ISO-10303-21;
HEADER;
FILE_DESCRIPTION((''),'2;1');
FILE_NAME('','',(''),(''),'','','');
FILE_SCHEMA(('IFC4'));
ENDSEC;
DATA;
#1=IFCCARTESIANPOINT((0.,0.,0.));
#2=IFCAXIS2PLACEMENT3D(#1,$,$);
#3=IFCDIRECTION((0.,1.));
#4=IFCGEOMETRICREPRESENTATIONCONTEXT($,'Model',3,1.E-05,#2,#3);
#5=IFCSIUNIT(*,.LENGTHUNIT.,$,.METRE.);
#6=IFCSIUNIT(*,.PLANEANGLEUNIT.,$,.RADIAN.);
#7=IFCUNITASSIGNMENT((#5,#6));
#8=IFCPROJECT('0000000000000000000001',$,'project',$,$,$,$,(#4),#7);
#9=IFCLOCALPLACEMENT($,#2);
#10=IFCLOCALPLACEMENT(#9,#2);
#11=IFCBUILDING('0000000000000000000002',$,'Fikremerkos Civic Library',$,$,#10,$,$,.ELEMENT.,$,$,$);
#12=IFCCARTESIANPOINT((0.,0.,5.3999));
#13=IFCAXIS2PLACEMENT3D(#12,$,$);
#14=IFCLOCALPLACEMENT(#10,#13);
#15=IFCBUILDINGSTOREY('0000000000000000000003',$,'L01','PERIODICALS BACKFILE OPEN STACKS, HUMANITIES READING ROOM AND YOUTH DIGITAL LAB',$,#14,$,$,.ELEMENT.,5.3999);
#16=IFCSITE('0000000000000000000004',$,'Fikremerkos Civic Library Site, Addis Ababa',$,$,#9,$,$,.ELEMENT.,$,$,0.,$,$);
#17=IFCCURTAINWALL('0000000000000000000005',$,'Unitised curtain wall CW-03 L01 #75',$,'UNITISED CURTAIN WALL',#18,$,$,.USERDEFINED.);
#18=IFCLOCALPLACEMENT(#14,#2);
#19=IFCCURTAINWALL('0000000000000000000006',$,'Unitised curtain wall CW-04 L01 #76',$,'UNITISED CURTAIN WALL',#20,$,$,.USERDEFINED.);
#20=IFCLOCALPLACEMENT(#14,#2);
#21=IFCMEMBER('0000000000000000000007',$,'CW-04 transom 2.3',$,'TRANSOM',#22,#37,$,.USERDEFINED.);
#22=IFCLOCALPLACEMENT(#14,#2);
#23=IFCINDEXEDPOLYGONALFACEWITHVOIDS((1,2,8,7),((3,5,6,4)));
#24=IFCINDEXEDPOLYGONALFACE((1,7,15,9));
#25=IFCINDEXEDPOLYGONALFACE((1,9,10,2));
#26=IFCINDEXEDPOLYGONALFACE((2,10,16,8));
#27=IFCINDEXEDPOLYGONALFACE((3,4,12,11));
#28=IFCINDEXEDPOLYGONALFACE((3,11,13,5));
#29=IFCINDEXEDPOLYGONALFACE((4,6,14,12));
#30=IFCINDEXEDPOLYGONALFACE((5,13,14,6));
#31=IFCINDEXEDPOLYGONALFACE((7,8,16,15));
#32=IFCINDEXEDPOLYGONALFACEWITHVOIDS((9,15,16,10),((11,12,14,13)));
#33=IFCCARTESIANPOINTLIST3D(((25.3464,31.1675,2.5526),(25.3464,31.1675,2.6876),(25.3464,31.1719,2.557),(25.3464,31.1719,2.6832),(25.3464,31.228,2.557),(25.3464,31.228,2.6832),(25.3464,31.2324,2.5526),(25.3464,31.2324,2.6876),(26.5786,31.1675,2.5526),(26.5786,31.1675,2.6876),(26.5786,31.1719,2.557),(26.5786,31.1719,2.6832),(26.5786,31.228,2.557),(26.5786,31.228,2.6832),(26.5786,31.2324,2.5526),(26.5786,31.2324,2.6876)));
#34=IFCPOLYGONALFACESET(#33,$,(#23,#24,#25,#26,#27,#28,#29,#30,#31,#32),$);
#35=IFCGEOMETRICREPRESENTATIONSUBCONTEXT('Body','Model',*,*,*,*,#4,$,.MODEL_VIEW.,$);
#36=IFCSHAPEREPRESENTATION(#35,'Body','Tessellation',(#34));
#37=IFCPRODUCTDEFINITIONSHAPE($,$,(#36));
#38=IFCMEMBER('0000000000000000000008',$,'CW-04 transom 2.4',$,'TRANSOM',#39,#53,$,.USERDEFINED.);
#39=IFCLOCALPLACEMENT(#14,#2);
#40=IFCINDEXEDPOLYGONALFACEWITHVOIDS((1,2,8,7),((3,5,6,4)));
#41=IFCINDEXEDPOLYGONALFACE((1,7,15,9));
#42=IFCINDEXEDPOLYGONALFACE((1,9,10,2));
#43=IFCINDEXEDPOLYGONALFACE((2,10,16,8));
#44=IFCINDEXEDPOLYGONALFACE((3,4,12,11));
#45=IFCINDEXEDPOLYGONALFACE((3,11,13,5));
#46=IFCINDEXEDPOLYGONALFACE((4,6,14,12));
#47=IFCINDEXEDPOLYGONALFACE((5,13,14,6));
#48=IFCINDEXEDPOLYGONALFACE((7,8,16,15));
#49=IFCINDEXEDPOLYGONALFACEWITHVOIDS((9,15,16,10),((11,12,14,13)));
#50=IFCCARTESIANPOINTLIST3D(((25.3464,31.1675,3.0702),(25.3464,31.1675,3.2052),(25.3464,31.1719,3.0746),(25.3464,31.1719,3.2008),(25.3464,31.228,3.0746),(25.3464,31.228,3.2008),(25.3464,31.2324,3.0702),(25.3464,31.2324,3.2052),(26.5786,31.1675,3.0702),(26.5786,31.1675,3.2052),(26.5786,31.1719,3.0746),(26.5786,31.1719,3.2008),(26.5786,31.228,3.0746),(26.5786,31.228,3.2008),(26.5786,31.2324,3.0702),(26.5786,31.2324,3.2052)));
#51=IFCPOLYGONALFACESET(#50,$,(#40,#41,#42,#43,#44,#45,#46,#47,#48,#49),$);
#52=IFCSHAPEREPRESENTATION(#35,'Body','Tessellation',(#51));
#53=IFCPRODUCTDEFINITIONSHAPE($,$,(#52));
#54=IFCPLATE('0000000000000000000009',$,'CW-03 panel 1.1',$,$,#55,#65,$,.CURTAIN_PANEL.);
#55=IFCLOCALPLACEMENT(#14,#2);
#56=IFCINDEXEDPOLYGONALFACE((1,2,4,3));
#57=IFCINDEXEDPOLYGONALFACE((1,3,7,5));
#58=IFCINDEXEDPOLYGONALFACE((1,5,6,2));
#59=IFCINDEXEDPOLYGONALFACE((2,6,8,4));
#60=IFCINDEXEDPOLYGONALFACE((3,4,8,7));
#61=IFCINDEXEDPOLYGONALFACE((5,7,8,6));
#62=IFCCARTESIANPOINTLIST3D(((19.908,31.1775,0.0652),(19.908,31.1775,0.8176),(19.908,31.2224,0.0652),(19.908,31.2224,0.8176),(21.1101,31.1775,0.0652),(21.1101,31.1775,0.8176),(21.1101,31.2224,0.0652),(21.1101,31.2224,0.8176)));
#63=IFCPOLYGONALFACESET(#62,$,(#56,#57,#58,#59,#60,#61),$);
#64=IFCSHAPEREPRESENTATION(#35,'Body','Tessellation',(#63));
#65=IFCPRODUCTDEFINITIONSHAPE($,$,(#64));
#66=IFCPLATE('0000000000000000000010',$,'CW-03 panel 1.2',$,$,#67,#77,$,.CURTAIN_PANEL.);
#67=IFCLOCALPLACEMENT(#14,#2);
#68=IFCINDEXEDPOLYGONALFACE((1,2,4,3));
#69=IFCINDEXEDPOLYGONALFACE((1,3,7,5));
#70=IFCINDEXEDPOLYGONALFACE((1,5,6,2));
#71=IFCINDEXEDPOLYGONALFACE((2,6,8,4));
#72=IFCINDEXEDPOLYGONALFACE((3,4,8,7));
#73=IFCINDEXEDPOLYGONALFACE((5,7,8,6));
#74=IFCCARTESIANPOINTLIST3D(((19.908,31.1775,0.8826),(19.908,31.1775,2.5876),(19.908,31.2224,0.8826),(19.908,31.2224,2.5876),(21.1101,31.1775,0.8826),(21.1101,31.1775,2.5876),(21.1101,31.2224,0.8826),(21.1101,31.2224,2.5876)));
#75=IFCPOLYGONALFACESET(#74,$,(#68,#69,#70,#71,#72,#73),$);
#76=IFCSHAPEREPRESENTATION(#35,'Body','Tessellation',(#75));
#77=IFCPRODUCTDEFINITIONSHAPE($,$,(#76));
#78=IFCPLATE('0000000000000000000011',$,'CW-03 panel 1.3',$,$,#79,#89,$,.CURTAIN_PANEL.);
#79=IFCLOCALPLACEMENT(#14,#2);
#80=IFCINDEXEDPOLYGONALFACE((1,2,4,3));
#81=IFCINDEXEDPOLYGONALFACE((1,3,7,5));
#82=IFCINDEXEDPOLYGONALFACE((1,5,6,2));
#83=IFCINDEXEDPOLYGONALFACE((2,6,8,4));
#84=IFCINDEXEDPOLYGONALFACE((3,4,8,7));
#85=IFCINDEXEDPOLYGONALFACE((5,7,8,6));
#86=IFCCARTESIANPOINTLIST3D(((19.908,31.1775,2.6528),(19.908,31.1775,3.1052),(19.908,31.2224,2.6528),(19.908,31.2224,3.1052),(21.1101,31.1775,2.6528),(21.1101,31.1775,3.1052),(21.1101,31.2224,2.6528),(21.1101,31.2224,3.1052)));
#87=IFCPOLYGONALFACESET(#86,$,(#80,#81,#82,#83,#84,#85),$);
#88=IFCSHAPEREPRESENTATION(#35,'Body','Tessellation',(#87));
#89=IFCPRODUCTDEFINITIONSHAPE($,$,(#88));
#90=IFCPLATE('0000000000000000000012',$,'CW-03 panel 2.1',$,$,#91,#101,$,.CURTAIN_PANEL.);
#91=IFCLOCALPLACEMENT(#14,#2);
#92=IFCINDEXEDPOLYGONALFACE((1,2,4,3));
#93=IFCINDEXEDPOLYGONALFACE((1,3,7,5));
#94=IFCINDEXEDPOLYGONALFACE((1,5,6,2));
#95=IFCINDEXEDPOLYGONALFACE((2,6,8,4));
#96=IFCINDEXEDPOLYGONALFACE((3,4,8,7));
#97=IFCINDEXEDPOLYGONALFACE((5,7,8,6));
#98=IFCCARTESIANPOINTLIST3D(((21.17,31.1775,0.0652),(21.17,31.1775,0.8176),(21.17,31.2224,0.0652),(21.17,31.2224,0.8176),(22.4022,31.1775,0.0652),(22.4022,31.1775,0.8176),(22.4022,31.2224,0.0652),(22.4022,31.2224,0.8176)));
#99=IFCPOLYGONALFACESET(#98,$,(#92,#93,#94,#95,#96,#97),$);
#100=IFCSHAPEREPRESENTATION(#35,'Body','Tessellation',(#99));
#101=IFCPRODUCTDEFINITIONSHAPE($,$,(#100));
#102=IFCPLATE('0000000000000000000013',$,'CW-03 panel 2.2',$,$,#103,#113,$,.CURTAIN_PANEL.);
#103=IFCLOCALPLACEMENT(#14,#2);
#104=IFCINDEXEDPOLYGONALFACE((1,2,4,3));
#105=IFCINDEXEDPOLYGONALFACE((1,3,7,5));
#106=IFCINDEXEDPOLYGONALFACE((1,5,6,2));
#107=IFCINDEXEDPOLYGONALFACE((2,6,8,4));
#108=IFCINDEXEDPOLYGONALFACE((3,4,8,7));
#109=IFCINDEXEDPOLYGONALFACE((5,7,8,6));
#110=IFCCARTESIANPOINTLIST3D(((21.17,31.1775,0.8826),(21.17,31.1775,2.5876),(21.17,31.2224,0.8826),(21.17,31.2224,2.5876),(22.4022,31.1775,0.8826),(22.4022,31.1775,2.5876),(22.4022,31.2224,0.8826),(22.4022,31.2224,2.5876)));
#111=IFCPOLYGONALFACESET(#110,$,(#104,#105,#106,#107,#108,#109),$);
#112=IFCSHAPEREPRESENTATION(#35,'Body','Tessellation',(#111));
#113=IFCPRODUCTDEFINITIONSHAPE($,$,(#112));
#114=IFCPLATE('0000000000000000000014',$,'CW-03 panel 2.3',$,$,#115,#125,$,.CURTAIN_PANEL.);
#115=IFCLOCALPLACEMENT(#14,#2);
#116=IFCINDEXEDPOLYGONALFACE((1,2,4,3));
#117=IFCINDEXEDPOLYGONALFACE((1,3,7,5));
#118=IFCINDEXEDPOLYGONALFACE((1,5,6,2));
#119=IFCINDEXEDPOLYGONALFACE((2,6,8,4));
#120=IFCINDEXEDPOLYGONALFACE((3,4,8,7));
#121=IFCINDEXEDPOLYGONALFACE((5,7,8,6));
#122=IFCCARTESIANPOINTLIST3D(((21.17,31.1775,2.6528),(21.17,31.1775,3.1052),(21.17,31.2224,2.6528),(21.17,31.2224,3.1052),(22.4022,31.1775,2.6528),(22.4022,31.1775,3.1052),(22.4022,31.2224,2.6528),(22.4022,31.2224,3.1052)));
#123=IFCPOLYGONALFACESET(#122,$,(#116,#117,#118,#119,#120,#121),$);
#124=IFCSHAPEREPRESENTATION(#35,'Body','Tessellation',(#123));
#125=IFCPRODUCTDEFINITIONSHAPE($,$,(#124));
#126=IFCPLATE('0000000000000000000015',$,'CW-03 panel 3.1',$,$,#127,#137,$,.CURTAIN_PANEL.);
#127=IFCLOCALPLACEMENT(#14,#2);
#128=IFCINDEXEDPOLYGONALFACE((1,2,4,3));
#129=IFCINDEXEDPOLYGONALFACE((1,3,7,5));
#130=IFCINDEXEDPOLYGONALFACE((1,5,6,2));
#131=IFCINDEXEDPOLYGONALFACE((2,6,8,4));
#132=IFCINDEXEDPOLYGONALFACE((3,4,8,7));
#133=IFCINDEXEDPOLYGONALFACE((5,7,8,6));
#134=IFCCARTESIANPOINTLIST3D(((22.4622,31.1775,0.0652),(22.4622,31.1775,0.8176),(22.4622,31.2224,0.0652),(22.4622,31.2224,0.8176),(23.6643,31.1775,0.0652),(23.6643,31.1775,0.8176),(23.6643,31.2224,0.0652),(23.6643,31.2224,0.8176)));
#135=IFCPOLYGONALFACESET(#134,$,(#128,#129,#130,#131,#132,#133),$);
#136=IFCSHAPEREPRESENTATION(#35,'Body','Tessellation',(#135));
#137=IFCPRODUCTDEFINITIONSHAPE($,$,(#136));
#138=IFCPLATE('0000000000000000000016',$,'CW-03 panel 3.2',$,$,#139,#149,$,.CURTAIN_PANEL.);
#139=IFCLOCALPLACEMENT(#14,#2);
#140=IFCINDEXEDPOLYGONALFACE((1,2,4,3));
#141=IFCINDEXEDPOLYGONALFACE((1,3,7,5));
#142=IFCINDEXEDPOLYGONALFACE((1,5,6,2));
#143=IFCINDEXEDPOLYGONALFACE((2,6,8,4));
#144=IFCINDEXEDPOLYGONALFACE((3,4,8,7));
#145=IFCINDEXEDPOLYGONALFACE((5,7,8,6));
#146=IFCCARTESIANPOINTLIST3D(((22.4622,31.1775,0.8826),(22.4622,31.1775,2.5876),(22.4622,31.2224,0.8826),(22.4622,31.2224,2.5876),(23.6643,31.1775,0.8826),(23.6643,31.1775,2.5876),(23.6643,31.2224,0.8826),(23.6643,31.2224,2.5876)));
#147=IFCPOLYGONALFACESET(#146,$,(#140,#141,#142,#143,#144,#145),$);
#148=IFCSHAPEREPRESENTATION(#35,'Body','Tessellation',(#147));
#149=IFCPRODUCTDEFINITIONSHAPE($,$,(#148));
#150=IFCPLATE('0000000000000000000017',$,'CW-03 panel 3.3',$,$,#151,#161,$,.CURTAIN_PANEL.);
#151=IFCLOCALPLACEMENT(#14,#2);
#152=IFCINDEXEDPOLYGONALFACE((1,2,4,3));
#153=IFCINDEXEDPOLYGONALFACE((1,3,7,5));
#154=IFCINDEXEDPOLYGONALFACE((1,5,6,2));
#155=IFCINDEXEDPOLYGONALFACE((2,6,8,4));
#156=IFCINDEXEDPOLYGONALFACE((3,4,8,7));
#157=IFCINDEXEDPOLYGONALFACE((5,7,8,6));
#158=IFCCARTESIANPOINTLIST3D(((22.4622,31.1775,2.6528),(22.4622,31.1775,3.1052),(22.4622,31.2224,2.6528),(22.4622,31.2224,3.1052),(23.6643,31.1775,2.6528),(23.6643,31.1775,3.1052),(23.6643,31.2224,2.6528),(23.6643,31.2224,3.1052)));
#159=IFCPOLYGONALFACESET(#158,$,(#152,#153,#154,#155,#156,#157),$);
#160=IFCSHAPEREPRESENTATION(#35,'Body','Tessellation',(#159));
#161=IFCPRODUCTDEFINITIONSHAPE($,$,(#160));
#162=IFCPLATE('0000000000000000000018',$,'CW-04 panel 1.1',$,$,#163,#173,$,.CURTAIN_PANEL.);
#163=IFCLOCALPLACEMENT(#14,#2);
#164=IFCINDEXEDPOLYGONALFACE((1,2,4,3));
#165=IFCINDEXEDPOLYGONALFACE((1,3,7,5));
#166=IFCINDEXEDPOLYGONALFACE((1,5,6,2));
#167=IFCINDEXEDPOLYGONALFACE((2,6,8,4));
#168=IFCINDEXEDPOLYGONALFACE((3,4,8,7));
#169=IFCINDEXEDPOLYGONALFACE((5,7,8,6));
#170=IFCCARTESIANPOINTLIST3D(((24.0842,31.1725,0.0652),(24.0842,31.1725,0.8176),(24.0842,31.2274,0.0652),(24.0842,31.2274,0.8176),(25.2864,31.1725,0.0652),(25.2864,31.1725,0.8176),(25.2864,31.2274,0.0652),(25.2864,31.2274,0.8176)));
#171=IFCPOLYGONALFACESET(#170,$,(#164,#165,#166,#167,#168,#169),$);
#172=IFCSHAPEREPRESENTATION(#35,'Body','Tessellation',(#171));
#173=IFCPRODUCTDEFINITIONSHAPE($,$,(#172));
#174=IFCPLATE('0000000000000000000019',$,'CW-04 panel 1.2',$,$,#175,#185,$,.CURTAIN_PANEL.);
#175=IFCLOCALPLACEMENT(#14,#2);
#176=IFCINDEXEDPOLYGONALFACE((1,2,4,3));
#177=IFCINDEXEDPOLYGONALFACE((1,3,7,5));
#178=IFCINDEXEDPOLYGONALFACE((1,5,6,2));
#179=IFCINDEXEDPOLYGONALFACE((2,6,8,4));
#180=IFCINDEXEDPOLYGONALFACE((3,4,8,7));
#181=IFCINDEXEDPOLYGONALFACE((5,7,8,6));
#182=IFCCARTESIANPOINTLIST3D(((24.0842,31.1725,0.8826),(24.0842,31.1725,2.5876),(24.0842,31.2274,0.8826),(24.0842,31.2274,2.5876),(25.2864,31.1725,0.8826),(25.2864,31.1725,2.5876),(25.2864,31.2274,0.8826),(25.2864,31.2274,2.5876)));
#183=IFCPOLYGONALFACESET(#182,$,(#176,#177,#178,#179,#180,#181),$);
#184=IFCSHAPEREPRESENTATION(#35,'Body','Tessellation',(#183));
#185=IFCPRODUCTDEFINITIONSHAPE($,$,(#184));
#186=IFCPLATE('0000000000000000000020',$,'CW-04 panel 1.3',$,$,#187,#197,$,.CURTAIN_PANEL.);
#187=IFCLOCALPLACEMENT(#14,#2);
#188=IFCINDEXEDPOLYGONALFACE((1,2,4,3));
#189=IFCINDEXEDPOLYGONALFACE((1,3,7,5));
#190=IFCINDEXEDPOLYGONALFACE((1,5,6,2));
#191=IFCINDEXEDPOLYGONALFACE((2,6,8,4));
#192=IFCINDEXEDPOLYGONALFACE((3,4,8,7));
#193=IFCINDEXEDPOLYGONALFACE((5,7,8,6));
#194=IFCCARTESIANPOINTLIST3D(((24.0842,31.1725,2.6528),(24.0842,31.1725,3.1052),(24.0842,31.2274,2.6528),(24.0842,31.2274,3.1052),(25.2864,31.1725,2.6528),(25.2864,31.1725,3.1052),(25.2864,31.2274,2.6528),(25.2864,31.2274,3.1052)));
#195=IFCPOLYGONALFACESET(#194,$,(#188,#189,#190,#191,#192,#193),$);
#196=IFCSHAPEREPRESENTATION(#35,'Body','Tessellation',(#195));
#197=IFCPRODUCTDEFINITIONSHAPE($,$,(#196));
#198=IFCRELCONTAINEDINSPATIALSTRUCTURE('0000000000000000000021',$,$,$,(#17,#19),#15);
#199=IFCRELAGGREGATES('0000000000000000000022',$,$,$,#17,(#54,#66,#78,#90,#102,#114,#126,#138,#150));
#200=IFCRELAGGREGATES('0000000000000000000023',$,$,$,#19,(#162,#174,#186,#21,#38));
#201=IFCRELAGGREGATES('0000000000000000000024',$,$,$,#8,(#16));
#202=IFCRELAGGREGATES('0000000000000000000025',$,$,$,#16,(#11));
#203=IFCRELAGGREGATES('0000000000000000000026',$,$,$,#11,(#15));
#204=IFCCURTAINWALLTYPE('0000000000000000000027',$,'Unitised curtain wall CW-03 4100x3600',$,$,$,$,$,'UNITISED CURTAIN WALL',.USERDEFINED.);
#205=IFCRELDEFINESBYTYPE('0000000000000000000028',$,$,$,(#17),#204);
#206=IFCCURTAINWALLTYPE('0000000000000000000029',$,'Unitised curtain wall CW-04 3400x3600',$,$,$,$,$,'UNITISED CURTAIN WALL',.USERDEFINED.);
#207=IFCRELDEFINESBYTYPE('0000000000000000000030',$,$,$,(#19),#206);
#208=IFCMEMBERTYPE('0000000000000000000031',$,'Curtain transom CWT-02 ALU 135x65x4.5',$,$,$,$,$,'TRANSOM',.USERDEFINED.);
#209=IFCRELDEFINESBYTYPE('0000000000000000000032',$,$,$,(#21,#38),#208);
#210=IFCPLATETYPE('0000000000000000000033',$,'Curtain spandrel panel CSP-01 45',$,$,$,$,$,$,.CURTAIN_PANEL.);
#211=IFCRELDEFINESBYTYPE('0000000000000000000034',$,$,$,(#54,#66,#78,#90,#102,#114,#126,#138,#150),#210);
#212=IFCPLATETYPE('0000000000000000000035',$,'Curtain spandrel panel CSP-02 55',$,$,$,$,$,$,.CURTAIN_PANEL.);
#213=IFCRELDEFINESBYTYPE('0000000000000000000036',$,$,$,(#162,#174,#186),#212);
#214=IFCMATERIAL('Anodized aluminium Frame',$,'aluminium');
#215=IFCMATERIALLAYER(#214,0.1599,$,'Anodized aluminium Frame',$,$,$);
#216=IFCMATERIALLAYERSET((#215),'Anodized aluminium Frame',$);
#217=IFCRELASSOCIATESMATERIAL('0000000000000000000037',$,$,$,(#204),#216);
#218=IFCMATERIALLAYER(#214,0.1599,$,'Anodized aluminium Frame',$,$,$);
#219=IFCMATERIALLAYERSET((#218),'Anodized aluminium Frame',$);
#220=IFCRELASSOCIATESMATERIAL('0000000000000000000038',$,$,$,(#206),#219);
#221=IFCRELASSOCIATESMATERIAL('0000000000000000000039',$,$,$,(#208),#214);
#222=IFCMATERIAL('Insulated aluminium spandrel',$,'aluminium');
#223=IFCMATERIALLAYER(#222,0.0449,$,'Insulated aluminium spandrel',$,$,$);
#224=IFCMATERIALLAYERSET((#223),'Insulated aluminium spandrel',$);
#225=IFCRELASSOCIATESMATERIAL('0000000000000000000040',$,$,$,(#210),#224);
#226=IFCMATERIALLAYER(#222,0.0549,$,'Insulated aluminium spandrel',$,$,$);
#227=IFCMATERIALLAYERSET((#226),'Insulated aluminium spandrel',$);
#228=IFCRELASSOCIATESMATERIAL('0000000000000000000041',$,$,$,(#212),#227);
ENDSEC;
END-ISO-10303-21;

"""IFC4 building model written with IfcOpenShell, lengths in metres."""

from ifc_helpers import new_model, si_unit, direction, frame, origin, origin_2d, place, context, subcontext, project, spatial, rectangle, hollow_rectangle, extrude, material, layer, layer_set, material_profile, profile_set, type_object, element, aggregate, save


model = new_model("IFC4")

# Units and contexts
model_context = context("Model", 3, precision=1e-05, world=origin(), true_north=direction((0.0, 1.0)))
body_context = subcontext(model_context, "Body", "Model", "MODEL_VIEW")
ifc_project = project(units=[si_unit("LENGTHUNIT", "METRE"), si_unit("PLANEANGLEUNIT", "RADIAN")], contexts=[model_context])

# Site, building, storey
site_placement = place(None, origin())
site = spatial("IfcSite", under=ifc_project, at=site_placement, Name="Fikremerkos Civic Library Site, Addis Ababa", CompositionType="ELEMENT", RefElevation=0.0)
building_placement = place(site_placement, origin())
building = spatial("IfcBuilding", under=site, at=building_placement, Name="Fikremerkos Civic Library", CompositionType="ELEMENT")
storey_placement = place(building_placement, frame((0.0, 0.0, 5.3999)))
storey = spatial("IfcBuildingStorey", under=building, at=storey_placement, Name="L01", Description="PERIODICALS BACKFILE OPEN STACKS, HUMANITIES READING ROOM AND YOUTH DIGITAL LAB", CompositionType="ELEMENT", Elevation=5.3999)

# Curtain walls
ifc_material_1 = material(Name="Anodized aluminium Frame", Category="aluminium")
ifc_layer_1 = layer(ifc_material_1, 0.1599, Name="Anodized aluminium Frame")
ifc_layer_set_1 = layer_set([ifc_layer_1], Name="Anodized aluminium Frame")
curtain_wall_type_1 = type_object("IfcCurtainWallType", Name="Unitised curtain wall CW-03 4100x3600", ElementType="UNITISED CURTAIN WALL", PredefinedType="USERDEFINED", material=ifc_layer_set_1)
curtain_wall_1_placement = place(storey_placement, origin())
curtain_wall_1 = element("IfcCurtainWall", 1, at=curtain_wall_1_placement, inside=storey, type_object=curtain_wall_type_1, Name="Unitised curtain wall CW-03 L01 #75", ObjectType="UNITISED CURTAIN WALL", PredefinedType="USERDEFINED")
ifc_layer_2 = layer(ifc_material_1, 0.1599, Name="Anodized aluminium Frame")
ifc_layer_set_2 = layer_set([ifc_layer_2], Name="Anodized aluminium Frame")
curtain_wall_type_2 = type_object("IfcCurtainWallType", Name="Unitised curtain wall CW-04 3400x3600", ElementType="UNITISED CURTAIN WALL", PredefinedType="USERDEFINED", material=ifc_layer_set_2)
curtain_wall_2_placement = place(storey_placement, origin())
curtain_wall_2 = element("IfcCurtainWall", 2, at=curtain_wall_2_placement, inside=storey, type_object=curtain_wall_type_2, Name="Unitised curtain wall CW-04 L01 #76", ObjectType="UNITISED CURTAIN WALL", PredefinedType="USERDEFINED")

# Members
ifc_material_profile_1 = material_profile(ifc_material_1, hollow_rectangle(XDim=0.0649, YDim=0.135, WallThickness=0.0044, at=origin_2d()), Name="ALU 135x65x4.5")
ifc_profile_set_1 = profile_set([ifc_material_profile_1], Name="Anodized aluminium Frame")
member_type_1 = type_object("IfcMemberType", Name="Curtain transom CWT-02 ALU 135x65x4.5", ElementType="TRANSOM", PredefinedType="USERDEFINED", material=ifc_profile_set_1)
member_1_placement = place(storey_placement, frame((25.3464, 31.2, 2.6201), z_axis=(1.0, 0.0, 0.0), x_axis=(0.0, 1.0, 0.0)))
member_1 = element("IfcMember", 3, at=member_1_placement, type_object=member_type_1, Name="CW-04 transom 2.3", ObjectType="TRANSOM", PredefinedType="USERDEFINED", context=body_context, shape_type="SweptSolid", body=[
    extrude(hollow_rectangle(XDim=0.0649, YDim=0.135, WallThickness=0.0044, at=origin_2d()), origin(), (0.0, 0.0, 1.0), 1.2322),
])
member_2_placement = place(storey_placement, frame((25.3464, 31.2, 3.1377), z_axis=(1.0, 0.0, 0.0), x_axis=(0.0, 1.0, 0.0)))
member_2 = element("IfcMember", 4, at=member_2_placement, type_object=member_type_1, Name="CW-04 transom 2.4", ObjectType="TRANSOM", PredefinedType="USERDEFINED", context=body_context, shape_type="SweptSolid", body=[
    extrude(hollow_rectangle(XDim=0.0649, YDim=0.135, WallThickness=0.0044, at=origin_2d()), origin(), (0.0, 0.0, 1.0), 1.2322),
])

# Plates
ifc_material_2 = material(Name="Insulated aluminium spandrel", Category="aluminium")
ifc_layer_3 = layer(ifc_material_2, 0.0449, Name="Insulated aluminium spandrel")
ifc_layer_set_3 = layer_set([ifc_layer_3], Name="Insulated aluminium spandrel")
plate_type_1 = type_object("IfcPlateType", Name="Curtain spandrel panel CSP-01 45", PredefinedType="CURTAIN_PANEL", material=ifc_layer_set_3)
plate_1_placement = place(storey_placement, frame((20.509, 31.2, 0.0652), z_axis=(0.0, 0.0, 1.0), x_axis=(1.0, 0.0, 0.0)))
plate_1 = element("IfcPlate", 5, at=plate_1_placement, type_object=plate_type_1, Name="CW-03 panel 1.1", PredefinedType="CURTAIN_PANEL", context=body_context, shape_type="SweptSolid", body=[
    extrude(rectangle(XDim=1.2021, YDim=0.0449, at=origin_2d()), origin(), (0.0, 0.0, 1.0), 0.7524),
])
plate_2_placement = place(storey_placement, frame((20.509, 31.2, 0.8826), z_axis=(0.0, 0.0, 1.0), x_axis=(1.0, 0.0, 0.0)))
plate_2 = element("IfcPlate", 6, at=plate_2_placement, type_object=plate_type_1, Name="CW-03 panel 1.2", PredefinedType="CURTAIN_PANEL", context=body_context, shape_type="SweptSolid", body=[
    extrude(rectangle(XDim=1.2021, YDim=0.0449, at=origin_2d()), origin(), (0.0, 0.0, 1.0), 1.7051),
])
plate_3_placement = place(storey_placement, frame((20.509, 31.2, 2.6528), z_axis=(0.0, 0.0, 1.0), x_axis=(1.0, 0.0, 0.0)))
plate_3 = element("IfcPlate", 7, at=plate_3_placement, type_object=plate_type_1, Name="CW-03 panel 1.3", PredefinedType="CURTAIN_PANEL", context=body_context, shape_type="SweptSolid", body=[
    extrude(rectangle(XDim=1.2021, YDim=0.0449, at=origin_2d()), origin(), (0.0, 0.0, 1.0), 0.4524),
])
plate_4_placement = place(storey_placement, frame((21.7861, 31.2, 0.0652), z_axis=(0.0, 0.0, 1.0), x_axis=(1.0, 0.0, 0.0)))
plate_4 = element("IfcPlate", 8, at=plate_4_placement, type_object=plate_type_1, Name="CW-03 panel 2.1", PredefinedType="CURTAIN_PANEL", context=body_context, shape_type="SweptSolid", body=[
    extrude(rectangle(XDim=1.2322, YDim=0.0449, at=origin_2d()), origin(), (0.0, 0.0, 1.0), 0.7524),
])
plate_5_placement = place(storey_placement, frame((21.7861, 31.2, 0.8826), z_axis=(0.0, 0.0, 1.0), x_axis=(1.0, 0.0, 0.0)))
plate_5 = element("IfcPlate", 9, at=plate_5_placement, type_object=plate_type_1, Name="CW-03 panel 2.2", PredefinedType="CURTAIN_PANEL", context=body_context, shape_type="SweptSolid", body=[
    extrude(rectangle(XDim=1.2322, YDim=0.0449, at=origin_2d()), origin(), (0.0, 0.0, 1.0), 1.7051),
])
plate_6_placement = place(storey_placement, frame((21.7861, 31.2, 2.6528), z_axis=(0.0, 0.0, 1.0), x_axis=(1.0, 0.0, 0.0)))
plate_6 = element("IfcPlate", 10, at=plate_6_placement, type_object=plate_type_1, Name="CW-03 panel 2.3", PredefinedType="CURTAIN_PANEL", context=body_context, shape_type="SweptSolid", body=[
    extrude(rectangle(XDim=1.2322, YDim=0.0449, at=origin_2d()), origin(), (0.0, 0.0, 1.0), 0.4524),
])
plate_7_placement = place(storey_placement, frame((23.0632, 31.2, 0.0652), z_axis=(0.0, 0.0, 1.0), x_axis=(1.0, 0.0, 0.0)))
plate_7 = element("IfcPlate", 11, at=plate_7_placement, type_object=plate_type_1, Name="CW-03 panel 3.1", PredefinedType="CURTAIN_PANEL", context=body_context, shape_type="SweptSolid", body=[
    extrude(rectangle(XDim=1.2021, YDim=0.0449, at=origin_2d()), origin(), (0.0, 0.0, 1.0), 0.7524),
])
plate_8_placement = place(storey_placement, frame((23.0632, 31.2, 0.8826), z_axis=(0.0, 0.0, 1.0), x_axis=(1.0, 0.0, 0.0)))
plate_8 = element("IfcPlate", 12, at=plate_8_placement, type_object=plate_type_1, Name="CW-03 panel 3.2", PredefinedType="CURTAIN_PANEL", context=body_context, shape_type="SweptSolid", body=[
    extrude(rectangle(XDim=1.2021, YDim=0.0449, at=origin_2d()), origin(), (0.0, 0.0, 1.0), 1.7051),
])
plate_9_placement = place(storey_placement, frame((23.0632, 31.2, 2.6528), z_axis=(0.0, 0.0, 1.0), x_axis=(1.0, 0.0, 0.0)))
plate_9 = element("IfcPlate", 13, at=plate_9_placement, type_object=plate_type_1, Name="CW-03 panel 3.3", PredefinedType="CURTAIN_PANEL", context=body_context, shape_type="SweptSolid", body=[
    extrude(rectangle(XDim=1.2021, YDim=0.0449, at=origin_2d()), origin(), (0.0, 0.0, 1.0), 0.4524),
])
aggregate(curtain_wall_1, [plate_1, plate_2, plate_3, plate_4, plate_5, plate_6, plate_7, plate_8, plate_9])
ifc_layer_4 = layer(ifc_material_2, 0.0549, Name="Insulated aluminium spandrel")
ifc_layer_set_4 = layer_set([ifc_layer_4], Name="Insulated aluminium spandrel")
plate_type_2 = type_object("IfcPlateType", Name="Curtain spandrel panel CSP-02 55", PredefinedType="CURTAIN_PANEL", material=ifc_layer_set_4)
plate_10_placement = place(storey_placement, frame((24.6853, 31.2, 0.0652), z_axis=(0.0, 0.0, 1.0), x_axis=(1.0, 0.0, 0.0)))
plate_10 = element("IfcPlate", 14, at=plate_10_placement, type_object=plate_type_2, Name="CW-04 panel 1.1", PredefinedType="CURTAIN_PANEL", context=body_context, shape_type="SweptSolid", body=[
    extrude(rectangle(XDim=1.2021, YDim=0.0549, at=origin_2d()), origin(), (0.0, 0.0, 1.0), 0.7524),
])
plate_11_placement = place(storey_placement, frame((24.6853, 31.2, 0.8826), z_axis=(0.0, 0.0, 1.0), x_axis=(1.0, 0.0, 0.0)))
plate_11 = element("IfcPlate", 15, at=plate_11_placement, type_object=plate_type_2, Name="CW-04 panel 1.2", PredefinedType="CURTAIN_PANEL", context=body_context, shape_type="SweptSolid", body=[
    extrude(rectangle(XDim=1.2021, YDim=0.0549, at=origin_2d()), origin(), (0.0, 0.0, 1.0), 1.7051),
])
plate_12_placement = place(storey_placement, frame((24.6853, 31.2, 2.6528), z_axis=(0.0, 0.0, 1.0), x_axis=(1.0, 0.0, 0.0)))
plate_12 = element("IfcPlate", 16, at=plate_12_placement, type_object=plate_type_2, Name="CW-04 panel 1.3", PredefinedType="CURTAIN_PANEL", context=body_context, shape_type="SweptSolid", body=[
    extrude(rectangle(XDim=1.2021, YDim=0.0549, at=origin_2d()), origin(), (0.0, 0.0, 1.0), 0.4524),
])
aggregate(curtain_wall_2, [plate_10, plate_11, plate_12, member_1, member_2])

save(model, "model.ifc")
